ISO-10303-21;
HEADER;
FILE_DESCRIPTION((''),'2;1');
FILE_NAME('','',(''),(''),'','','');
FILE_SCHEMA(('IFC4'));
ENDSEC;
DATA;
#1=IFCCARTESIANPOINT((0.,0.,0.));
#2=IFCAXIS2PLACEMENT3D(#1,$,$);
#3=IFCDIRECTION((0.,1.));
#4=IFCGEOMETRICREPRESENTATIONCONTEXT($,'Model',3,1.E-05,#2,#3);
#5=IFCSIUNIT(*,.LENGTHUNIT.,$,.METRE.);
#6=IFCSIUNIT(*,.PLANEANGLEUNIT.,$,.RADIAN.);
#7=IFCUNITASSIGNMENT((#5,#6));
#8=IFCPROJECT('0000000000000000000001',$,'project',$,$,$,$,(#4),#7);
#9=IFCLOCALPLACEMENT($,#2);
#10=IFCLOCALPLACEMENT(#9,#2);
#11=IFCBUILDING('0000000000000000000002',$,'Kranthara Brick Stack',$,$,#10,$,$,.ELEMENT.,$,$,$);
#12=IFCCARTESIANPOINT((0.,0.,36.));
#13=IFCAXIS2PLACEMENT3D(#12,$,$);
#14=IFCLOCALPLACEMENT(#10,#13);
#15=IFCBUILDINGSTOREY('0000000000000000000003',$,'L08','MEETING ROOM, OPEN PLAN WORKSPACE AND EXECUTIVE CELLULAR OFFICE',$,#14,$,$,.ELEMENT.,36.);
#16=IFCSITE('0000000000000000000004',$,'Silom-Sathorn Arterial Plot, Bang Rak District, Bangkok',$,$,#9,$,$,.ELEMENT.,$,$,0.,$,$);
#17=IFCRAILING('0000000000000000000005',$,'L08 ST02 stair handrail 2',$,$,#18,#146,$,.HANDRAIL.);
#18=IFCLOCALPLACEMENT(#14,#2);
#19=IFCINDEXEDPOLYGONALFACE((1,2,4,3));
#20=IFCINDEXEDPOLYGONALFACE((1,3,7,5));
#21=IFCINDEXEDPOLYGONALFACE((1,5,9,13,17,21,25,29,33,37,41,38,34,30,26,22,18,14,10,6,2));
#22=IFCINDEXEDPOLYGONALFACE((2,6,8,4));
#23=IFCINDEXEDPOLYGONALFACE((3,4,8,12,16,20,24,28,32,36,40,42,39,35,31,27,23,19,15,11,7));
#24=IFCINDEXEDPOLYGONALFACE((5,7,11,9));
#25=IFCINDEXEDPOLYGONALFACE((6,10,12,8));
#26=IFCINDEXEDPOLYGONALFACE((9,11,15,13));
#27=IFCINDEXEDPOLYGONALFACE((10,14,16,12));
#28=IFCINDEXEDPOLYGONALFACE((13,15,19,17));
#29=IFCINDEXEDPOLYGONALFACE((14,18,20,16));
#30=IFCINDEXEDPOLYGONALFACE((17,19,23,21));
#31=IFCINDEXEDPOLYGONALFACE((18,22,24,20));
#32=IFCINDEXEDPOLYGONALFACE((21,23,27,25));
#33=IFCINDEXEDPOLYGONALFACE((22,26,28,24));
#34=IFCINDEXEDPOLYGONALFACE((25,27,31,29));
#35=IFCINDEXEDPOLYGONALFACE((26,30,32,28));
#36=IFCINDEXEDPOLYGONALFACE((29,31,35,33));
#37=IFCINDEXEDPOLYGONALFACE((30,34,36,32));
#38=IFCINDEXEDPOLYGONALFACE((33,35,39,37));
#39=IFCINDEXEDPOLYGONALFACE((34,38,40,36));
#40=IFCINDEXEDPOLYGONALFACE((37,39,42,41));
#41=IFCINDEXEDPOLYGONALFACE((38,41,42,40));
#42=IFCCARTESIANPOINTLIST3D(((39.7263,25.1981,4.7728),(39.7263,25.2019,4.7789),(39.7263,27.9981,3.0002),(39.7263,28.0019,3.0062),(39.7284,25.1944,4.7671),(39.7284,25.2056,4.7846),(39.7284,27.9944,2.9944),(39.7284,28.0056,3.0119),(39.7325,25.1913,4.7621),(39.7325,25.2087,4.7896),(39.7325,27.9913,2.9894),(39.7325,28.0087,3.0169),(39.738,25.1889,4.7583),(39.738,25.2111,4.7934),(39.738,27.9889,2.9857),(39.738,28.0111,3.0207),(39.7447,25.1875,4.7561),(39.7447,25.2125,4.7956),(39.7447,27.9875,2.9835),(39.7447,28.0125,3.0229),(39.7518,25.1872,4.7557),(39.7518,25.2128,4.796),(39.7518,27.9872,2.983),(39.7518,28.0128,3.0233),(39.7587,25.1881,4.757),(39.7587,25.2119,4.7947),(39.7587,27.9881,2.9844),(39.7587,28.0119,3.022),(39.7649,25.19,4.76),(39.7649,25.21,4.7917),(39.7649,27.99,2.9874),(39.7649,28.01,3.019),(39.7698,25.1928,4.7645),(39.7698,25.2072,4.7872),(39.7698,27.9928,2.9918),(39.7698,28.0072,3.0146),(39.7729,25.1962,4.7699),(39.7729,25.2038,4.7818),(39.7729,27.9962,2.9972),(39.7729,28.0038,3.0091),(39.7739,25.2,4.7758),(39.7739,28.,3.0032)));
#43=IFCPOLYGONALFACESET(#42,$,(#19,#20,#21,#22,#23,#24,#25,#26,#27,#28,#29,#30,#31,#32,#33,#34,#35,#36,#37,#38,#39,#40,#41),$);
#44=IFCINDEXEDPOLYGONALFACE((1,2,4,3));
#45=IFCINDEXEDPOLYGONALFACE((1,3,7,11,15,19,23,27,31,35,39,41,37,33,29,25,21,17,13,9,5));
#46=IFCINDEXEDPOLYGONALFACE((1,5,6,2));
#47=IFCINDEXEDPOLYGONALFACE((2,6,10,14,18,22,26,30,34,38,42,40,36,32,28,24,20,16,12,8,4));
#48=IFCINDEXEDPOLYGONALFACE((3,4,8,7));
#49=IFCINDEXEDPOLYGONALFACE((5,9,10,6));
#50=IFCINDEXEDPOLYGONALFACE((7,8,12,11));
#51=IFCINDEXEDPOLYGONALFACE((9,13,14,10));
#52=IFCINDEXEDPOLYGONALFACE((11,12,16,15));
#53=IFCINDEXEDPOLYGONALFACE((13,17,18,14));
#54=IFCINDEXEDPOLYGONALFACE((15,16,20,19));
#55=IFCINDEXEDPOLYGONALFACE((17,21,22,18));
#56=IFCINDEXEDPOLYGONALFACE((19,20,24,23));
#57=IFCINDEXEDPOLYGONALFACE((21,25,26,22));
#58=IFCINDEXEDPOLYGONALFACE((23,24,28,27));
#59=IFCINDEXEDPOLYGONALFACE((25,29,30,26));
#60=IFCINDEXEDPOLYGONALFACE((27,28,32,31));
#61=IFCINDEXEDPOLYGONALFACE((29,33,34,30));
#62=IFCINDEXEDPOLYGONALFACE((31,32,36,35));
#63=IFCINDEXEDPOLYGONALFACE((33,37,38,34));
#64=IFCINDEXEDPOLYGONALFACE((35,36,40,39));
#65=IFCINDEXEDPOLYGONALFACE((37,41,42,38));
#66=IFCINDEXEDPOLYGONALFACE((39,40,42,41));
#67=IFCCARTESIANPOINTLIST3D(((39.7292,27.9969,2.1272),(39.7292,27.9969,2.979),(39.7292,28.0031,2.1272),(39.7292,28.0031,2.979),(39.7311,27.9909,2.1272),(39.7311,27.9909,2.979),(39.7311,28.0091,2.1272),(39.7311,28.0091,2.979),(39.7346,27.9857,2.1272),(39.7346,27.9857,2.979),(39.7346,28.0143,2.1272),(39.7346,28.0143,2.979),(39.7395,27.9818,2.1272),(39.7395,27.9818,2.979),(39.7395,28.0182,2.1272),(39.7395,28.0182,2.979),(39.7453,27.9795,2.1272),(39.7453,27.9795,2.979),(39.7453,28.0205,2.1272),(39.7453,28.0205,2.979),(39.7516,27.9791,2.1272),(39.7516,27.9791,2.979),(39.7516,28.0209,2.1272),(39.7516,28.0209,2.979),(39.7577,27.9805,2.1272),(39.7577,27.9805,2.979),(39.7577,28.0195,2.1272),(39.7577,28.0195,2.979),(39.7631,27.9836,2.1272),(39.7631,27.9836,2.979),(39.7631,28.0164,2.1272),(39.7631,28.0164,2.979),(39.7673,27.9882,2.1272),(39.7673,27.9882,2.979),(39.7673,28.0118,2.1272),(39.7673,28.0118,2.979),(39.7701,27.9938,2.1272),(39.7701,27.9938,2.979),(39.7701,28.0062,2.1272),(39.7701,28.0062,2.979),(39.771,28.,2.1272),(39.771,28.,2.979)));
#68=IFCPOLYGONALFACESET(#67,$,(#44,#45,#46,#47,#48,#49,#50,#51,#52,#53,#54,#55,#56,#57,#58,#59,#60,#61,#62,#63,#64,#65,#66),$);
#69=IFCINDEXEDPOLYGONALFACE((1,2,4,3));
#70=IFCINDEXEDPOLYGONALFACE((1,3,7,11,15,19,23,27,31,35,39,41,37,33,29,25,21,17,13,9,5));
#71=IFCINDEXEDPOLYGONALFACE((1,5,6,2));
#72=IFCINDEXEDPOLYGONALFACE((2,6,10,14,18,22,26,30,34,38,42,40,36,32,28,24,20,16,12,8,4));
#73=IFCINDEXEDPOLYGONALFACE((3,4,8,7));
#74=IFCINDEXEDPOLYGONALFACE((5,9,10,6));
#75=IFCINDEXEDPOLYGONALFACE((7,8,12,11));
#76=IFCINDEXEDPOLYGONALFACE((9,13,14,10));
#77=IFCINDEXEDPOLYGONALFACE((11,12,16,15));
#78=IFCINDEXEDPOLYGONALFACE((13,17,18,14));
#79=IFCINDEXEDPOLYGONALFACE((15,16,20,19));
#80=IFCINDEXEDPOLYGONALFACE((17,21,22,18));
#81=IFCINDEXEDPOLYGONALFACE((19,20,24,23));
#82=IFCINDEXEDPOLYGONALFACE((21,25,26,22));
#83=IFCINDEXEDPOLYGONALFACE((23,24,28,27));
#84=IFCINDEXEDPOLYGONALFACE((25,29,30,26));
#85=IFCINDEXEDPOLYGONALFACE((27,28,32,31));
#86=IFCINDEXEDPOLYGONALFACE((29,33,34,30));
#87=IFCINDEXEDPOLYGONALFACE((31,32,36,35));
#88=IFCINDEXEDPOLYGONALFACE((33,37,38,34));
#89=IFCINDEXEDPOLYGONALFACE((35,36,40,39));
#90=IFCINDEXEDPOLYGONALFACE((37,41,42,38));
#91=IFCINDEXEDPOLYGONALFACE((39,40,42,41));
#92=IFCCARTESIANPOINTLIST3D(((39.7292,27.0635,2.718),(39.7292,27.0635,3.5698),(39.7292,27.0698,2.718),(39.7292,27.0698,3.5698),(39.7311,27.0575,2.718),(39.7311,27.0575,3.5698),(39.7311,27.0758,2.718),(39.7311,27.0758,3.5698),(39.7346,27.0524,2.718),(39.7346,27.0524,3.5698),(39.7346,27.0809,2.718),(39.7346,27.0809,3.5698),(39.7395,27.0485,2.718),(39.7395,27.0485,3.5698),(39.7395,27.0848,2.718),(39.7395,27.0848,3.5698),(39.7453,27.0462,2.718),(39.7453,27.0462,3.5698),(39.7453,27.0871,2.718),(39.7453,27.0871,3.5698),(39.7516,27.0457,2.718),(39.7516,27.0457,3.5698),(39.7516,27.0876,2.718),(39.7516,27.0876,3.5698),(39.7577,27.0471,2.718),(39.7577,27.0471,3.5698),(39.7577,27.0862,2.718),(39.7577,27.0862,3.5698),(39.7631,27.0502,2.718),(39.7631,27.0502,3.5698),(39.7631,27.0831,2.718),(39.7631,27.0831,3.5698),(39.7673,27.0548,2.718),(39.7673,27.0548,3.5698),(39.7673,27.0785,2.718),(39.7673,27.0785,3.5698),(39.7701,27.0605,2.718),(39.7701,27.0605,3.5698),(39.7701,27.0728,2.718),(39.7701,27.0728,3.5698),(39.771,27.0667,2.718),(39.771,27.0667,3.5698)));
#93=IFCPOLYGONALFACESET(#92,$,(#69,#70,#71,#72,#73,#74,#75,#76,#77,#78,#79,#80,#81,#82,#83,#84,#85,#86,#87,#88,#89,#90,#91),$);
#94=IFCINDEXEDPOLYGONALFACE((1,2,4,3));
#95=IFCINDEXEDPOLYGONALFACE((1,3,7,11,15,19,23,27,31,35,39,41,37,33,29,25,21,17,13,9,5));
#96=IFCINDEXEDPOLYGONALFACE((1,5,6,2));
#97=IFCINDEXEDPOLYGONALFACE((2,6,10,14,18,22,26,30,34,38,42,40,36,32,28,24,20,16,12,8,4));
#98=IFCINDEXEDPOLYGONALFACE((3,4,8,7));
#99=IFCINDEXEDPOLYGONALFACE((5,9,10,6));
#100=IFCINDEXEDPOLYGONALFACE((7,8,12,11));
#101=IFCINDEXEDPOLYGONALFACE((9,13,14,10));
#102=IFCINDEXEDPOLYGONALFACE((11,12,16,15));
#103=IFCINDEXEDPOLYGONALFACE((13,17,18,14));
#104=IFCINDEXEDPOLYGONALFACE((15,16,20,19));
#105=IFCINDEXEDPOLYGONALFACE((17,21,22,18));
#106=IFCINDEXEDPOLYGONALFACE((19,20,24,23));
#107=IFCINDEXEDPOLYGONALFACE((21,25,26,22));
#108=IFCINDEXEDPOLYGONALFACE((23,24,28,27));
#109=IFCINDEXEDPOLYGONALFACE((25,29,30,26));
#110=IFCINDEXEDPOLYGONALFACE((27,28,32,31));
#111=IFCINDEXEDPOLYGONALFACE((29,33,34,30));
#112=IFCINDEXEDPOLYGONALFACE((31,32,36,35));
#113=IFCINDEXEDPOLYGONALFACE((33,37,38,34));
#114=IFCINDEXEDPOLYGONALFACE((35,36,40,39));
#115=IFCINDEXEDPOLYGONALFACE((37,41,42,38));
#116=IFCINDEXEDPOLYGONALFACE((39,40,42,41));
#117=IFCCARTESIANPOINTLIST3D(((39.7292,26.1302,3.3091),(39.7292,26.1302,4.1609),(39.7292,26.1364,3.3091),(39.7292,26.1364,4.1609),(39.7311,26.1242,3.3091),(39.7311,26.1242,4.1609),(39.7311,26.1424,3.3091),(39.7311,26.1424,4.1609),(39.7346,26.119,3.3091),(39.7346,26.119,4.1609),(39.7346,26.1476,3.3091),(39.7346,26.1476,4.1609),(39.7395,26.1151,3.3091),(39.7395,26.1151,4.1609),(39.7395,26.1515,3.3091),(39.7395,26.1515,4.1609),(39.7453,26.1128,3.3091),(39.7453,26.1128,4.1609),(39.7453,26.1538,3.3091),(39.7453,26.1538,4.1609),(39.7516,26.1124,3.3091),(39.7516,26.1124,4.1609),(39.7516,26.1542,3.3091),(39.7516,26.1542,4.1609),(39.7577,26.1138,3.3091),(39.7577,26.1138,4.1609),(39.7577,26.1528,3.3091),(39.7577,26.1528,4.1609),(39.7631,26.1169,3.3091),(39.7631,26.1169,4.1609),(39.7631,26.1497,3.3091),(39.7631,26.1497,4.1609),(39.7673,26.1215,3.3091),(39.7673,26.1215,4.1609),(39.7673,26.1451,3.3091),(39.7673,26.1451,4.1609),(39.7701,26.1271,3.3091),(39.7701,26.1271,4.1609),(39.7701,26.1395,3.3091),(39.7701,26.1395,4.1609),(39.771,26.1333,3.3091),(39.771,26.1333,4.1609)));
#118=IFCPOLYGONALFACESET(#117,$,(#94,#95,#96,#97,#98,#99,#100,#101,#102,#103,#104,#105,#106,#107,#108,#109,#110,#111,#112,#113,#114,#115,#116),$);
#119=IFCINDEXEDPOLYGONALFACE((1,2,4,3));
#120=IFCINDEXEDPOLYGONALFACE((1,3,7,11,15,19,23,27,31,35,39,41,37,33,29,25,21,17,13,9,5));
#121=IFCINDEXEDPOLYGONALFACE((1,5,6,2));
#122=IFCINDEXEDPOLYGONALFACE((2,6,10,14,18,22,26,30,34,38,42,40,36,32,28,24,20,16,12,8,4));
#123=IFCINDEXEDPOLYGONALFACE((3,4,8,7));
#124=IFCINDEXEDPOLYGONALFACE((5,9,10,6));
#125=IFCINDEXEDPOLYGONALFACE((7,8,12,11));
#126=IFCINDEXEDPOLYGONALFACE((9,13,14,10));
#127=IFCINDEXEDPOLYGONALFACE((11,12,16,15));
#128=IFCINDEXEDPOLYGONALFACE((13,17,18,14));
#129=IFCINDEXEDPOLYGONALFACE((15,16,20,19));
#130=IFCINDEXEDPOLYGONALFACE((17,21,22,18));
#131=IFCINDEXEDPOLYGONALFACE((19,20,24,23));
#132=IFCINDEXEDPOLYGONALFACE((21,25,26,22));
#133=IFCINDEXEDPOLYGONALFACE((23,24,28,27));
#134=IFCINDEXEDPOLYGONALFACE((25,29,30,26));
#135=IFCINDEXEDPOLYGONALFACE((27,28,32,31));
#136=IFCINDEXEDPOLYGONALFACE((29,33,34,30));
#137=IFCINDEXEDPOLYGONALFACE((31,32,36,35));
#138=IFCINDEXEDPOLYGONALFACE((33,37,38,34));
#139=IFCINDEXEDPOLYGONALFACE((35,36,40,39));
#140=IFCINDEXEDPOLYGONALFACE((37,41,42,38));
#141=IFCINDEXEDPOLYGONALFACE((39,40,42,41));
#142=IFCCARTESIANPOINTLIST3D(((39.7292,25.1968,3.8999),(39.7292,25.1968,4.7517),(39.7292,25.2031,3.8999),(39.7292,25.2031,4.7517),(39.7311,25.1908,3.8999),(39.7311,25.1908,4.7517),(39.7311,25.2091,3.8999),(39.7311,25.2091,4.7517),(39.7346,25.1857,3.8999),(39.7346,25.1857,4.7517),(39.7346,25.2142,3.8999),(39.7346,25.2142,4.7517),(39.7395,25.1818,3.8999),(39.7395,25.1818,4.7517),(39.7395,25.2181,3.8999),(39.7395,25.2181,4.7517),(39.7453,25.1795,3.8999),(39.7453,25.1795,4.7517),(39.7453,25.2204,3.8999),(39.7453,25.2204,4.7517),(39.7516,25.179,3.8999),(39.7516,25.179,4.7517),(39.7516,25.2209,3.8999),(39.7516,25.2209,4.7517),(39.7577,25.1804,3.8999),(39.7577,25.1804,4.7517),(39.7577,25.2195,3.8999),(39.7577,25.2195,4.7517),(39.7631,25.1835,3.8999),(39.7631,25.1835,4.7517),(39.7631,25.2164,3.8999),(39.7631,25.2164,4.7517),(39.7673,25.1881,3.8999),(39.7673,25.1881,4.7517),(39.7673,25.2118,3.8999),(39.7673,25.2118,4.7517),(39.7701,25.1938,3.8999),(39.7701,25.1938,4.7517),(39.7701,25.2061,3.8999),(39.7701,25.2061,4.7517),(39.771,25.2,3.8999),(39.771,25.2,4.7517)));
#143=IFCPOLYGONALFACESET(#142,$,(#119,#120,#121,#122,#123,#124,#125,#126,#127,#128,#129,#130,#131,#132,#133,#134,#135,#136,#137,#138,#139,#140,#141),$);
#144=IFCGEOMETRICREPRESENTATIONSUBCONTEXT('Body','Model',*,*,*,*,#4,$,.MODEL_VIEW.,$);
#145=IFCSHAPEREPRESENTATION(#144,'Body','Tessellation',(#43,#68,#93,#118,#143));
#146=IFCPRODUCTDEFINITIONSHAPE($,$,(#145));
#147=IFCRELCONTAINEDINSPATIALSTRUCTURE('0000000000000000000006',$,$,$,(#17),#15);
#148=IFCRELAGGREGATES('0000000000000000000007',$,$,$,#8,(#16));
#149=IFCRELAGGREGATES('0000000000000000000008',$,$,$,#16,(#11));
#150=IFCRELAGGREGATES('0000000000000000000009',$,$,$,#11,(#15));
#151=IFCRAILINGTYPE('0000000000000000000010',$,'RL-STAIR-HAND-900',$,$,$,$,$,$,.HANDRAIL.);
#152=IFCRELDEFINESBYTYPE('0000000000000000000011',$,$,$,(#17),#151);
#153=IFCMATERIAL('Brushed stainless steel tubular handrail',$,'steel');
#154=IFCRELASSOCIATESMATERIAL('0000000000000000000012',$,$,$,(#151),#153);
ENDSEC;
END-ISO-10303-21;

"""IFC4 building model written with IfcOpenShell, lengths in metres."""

from ifc_helpers import new_model, si_unit, direction, frame, origin, origin_2d, place, context, subcontext, project, spatial, circle, extrude, material, type_object, element, save


model = new_model("IFC4")

# Units and contexts
model_context = context("Model", 3, precision=1e-05, world=origin(), true_north=direction((0.0, 1.0)))
body_context = subcontext(model_context, "Body", "Model", "MODEL_VIEW")
ifc_project = project(units=[si_unit("LENGTHUNIT", "METRE"), si_unit("PLANEANGLEUNIT", "RADIAN")], contexts=[model_context])

# Site, building, storey
site_placement = place(None, origin())
site = spatial("IfcSite", under=ifc_project, at=site_placement, Name="Silom-Sathorn Arterial Plot, Bang Rak District, Bangkok", CompositionType="ELEMENT", RefElevation=0.0)
building_placement = place(site_placement, origin())
building = spatial("IfcBuilding", under=site, at=building_placement, Name="Kranthara Brick Stack", CompositionType="ELEMENT")
storey_placement = place(building_placement, frame((0.0, 0.0, 36.0)))
storey = spatial("IfcBuildingStorey", under=building, at=storey_placement, Name="L08", Description="MEETING ROOM, OPEN PLAN WORKSPACE AND EXECUTIVE CELLULAR OFFICE", CompositionType="ELEMENT", Elevation=36.0)

# Railing
ifc_material_1 = material(Name="Brushed stainless steel tubular handrail", Category="steel")
railing_type_1 = type_object("IfcRailingType", Name="RL-STAIR-HAND-900", PredefinedType="HANDRAIL", material=ifc_material_1)
railing_1_placement = place(storey_placement, frame((39.75, 28.0, 2.1272)))
element("IfcRailing", 1, at=railing_1_placement, inside=storey, type_object=railing_type_1, Name="L08 ST02 stair handrail 2", PredefinedType="HANDRAIL", context=body_context, shape_type="SweptSolid", body=[
    extrude(circle(Radius=0.0239, at=origin_2d()), frame((0.0, 0.0, 0.876), z_axis=(0.0, -0.844909, 0.53491), x_axis=(1.0, 0.0, 0.0)), (0.0, 0.0, 1.0), 3.314),
    extrude(circle(Radius=0.021, at=origin_2d()), origin(), (0.0, 0.0, 1.0), 0.8518),
    extrude(circle(Radius=0.021, at=origin_2d()), frame((0.0, -0.9333, 0.5908)), (0.0, 0.0, 1.0), 0.8518),
    extrude(circle(Radius=0.021, at=origin_2d()), frame((0.0, -1.8667, 1.1819)), (0.0, 0.0, 1.0), 0.8518),
    extrude(circle(Radius=0.021, at=origin_2d()), frame((0.0, -2.8, 1.7727)), (0.0, 0.0, 1.0), 0.8518),
])

save(model, "model.ifc")
